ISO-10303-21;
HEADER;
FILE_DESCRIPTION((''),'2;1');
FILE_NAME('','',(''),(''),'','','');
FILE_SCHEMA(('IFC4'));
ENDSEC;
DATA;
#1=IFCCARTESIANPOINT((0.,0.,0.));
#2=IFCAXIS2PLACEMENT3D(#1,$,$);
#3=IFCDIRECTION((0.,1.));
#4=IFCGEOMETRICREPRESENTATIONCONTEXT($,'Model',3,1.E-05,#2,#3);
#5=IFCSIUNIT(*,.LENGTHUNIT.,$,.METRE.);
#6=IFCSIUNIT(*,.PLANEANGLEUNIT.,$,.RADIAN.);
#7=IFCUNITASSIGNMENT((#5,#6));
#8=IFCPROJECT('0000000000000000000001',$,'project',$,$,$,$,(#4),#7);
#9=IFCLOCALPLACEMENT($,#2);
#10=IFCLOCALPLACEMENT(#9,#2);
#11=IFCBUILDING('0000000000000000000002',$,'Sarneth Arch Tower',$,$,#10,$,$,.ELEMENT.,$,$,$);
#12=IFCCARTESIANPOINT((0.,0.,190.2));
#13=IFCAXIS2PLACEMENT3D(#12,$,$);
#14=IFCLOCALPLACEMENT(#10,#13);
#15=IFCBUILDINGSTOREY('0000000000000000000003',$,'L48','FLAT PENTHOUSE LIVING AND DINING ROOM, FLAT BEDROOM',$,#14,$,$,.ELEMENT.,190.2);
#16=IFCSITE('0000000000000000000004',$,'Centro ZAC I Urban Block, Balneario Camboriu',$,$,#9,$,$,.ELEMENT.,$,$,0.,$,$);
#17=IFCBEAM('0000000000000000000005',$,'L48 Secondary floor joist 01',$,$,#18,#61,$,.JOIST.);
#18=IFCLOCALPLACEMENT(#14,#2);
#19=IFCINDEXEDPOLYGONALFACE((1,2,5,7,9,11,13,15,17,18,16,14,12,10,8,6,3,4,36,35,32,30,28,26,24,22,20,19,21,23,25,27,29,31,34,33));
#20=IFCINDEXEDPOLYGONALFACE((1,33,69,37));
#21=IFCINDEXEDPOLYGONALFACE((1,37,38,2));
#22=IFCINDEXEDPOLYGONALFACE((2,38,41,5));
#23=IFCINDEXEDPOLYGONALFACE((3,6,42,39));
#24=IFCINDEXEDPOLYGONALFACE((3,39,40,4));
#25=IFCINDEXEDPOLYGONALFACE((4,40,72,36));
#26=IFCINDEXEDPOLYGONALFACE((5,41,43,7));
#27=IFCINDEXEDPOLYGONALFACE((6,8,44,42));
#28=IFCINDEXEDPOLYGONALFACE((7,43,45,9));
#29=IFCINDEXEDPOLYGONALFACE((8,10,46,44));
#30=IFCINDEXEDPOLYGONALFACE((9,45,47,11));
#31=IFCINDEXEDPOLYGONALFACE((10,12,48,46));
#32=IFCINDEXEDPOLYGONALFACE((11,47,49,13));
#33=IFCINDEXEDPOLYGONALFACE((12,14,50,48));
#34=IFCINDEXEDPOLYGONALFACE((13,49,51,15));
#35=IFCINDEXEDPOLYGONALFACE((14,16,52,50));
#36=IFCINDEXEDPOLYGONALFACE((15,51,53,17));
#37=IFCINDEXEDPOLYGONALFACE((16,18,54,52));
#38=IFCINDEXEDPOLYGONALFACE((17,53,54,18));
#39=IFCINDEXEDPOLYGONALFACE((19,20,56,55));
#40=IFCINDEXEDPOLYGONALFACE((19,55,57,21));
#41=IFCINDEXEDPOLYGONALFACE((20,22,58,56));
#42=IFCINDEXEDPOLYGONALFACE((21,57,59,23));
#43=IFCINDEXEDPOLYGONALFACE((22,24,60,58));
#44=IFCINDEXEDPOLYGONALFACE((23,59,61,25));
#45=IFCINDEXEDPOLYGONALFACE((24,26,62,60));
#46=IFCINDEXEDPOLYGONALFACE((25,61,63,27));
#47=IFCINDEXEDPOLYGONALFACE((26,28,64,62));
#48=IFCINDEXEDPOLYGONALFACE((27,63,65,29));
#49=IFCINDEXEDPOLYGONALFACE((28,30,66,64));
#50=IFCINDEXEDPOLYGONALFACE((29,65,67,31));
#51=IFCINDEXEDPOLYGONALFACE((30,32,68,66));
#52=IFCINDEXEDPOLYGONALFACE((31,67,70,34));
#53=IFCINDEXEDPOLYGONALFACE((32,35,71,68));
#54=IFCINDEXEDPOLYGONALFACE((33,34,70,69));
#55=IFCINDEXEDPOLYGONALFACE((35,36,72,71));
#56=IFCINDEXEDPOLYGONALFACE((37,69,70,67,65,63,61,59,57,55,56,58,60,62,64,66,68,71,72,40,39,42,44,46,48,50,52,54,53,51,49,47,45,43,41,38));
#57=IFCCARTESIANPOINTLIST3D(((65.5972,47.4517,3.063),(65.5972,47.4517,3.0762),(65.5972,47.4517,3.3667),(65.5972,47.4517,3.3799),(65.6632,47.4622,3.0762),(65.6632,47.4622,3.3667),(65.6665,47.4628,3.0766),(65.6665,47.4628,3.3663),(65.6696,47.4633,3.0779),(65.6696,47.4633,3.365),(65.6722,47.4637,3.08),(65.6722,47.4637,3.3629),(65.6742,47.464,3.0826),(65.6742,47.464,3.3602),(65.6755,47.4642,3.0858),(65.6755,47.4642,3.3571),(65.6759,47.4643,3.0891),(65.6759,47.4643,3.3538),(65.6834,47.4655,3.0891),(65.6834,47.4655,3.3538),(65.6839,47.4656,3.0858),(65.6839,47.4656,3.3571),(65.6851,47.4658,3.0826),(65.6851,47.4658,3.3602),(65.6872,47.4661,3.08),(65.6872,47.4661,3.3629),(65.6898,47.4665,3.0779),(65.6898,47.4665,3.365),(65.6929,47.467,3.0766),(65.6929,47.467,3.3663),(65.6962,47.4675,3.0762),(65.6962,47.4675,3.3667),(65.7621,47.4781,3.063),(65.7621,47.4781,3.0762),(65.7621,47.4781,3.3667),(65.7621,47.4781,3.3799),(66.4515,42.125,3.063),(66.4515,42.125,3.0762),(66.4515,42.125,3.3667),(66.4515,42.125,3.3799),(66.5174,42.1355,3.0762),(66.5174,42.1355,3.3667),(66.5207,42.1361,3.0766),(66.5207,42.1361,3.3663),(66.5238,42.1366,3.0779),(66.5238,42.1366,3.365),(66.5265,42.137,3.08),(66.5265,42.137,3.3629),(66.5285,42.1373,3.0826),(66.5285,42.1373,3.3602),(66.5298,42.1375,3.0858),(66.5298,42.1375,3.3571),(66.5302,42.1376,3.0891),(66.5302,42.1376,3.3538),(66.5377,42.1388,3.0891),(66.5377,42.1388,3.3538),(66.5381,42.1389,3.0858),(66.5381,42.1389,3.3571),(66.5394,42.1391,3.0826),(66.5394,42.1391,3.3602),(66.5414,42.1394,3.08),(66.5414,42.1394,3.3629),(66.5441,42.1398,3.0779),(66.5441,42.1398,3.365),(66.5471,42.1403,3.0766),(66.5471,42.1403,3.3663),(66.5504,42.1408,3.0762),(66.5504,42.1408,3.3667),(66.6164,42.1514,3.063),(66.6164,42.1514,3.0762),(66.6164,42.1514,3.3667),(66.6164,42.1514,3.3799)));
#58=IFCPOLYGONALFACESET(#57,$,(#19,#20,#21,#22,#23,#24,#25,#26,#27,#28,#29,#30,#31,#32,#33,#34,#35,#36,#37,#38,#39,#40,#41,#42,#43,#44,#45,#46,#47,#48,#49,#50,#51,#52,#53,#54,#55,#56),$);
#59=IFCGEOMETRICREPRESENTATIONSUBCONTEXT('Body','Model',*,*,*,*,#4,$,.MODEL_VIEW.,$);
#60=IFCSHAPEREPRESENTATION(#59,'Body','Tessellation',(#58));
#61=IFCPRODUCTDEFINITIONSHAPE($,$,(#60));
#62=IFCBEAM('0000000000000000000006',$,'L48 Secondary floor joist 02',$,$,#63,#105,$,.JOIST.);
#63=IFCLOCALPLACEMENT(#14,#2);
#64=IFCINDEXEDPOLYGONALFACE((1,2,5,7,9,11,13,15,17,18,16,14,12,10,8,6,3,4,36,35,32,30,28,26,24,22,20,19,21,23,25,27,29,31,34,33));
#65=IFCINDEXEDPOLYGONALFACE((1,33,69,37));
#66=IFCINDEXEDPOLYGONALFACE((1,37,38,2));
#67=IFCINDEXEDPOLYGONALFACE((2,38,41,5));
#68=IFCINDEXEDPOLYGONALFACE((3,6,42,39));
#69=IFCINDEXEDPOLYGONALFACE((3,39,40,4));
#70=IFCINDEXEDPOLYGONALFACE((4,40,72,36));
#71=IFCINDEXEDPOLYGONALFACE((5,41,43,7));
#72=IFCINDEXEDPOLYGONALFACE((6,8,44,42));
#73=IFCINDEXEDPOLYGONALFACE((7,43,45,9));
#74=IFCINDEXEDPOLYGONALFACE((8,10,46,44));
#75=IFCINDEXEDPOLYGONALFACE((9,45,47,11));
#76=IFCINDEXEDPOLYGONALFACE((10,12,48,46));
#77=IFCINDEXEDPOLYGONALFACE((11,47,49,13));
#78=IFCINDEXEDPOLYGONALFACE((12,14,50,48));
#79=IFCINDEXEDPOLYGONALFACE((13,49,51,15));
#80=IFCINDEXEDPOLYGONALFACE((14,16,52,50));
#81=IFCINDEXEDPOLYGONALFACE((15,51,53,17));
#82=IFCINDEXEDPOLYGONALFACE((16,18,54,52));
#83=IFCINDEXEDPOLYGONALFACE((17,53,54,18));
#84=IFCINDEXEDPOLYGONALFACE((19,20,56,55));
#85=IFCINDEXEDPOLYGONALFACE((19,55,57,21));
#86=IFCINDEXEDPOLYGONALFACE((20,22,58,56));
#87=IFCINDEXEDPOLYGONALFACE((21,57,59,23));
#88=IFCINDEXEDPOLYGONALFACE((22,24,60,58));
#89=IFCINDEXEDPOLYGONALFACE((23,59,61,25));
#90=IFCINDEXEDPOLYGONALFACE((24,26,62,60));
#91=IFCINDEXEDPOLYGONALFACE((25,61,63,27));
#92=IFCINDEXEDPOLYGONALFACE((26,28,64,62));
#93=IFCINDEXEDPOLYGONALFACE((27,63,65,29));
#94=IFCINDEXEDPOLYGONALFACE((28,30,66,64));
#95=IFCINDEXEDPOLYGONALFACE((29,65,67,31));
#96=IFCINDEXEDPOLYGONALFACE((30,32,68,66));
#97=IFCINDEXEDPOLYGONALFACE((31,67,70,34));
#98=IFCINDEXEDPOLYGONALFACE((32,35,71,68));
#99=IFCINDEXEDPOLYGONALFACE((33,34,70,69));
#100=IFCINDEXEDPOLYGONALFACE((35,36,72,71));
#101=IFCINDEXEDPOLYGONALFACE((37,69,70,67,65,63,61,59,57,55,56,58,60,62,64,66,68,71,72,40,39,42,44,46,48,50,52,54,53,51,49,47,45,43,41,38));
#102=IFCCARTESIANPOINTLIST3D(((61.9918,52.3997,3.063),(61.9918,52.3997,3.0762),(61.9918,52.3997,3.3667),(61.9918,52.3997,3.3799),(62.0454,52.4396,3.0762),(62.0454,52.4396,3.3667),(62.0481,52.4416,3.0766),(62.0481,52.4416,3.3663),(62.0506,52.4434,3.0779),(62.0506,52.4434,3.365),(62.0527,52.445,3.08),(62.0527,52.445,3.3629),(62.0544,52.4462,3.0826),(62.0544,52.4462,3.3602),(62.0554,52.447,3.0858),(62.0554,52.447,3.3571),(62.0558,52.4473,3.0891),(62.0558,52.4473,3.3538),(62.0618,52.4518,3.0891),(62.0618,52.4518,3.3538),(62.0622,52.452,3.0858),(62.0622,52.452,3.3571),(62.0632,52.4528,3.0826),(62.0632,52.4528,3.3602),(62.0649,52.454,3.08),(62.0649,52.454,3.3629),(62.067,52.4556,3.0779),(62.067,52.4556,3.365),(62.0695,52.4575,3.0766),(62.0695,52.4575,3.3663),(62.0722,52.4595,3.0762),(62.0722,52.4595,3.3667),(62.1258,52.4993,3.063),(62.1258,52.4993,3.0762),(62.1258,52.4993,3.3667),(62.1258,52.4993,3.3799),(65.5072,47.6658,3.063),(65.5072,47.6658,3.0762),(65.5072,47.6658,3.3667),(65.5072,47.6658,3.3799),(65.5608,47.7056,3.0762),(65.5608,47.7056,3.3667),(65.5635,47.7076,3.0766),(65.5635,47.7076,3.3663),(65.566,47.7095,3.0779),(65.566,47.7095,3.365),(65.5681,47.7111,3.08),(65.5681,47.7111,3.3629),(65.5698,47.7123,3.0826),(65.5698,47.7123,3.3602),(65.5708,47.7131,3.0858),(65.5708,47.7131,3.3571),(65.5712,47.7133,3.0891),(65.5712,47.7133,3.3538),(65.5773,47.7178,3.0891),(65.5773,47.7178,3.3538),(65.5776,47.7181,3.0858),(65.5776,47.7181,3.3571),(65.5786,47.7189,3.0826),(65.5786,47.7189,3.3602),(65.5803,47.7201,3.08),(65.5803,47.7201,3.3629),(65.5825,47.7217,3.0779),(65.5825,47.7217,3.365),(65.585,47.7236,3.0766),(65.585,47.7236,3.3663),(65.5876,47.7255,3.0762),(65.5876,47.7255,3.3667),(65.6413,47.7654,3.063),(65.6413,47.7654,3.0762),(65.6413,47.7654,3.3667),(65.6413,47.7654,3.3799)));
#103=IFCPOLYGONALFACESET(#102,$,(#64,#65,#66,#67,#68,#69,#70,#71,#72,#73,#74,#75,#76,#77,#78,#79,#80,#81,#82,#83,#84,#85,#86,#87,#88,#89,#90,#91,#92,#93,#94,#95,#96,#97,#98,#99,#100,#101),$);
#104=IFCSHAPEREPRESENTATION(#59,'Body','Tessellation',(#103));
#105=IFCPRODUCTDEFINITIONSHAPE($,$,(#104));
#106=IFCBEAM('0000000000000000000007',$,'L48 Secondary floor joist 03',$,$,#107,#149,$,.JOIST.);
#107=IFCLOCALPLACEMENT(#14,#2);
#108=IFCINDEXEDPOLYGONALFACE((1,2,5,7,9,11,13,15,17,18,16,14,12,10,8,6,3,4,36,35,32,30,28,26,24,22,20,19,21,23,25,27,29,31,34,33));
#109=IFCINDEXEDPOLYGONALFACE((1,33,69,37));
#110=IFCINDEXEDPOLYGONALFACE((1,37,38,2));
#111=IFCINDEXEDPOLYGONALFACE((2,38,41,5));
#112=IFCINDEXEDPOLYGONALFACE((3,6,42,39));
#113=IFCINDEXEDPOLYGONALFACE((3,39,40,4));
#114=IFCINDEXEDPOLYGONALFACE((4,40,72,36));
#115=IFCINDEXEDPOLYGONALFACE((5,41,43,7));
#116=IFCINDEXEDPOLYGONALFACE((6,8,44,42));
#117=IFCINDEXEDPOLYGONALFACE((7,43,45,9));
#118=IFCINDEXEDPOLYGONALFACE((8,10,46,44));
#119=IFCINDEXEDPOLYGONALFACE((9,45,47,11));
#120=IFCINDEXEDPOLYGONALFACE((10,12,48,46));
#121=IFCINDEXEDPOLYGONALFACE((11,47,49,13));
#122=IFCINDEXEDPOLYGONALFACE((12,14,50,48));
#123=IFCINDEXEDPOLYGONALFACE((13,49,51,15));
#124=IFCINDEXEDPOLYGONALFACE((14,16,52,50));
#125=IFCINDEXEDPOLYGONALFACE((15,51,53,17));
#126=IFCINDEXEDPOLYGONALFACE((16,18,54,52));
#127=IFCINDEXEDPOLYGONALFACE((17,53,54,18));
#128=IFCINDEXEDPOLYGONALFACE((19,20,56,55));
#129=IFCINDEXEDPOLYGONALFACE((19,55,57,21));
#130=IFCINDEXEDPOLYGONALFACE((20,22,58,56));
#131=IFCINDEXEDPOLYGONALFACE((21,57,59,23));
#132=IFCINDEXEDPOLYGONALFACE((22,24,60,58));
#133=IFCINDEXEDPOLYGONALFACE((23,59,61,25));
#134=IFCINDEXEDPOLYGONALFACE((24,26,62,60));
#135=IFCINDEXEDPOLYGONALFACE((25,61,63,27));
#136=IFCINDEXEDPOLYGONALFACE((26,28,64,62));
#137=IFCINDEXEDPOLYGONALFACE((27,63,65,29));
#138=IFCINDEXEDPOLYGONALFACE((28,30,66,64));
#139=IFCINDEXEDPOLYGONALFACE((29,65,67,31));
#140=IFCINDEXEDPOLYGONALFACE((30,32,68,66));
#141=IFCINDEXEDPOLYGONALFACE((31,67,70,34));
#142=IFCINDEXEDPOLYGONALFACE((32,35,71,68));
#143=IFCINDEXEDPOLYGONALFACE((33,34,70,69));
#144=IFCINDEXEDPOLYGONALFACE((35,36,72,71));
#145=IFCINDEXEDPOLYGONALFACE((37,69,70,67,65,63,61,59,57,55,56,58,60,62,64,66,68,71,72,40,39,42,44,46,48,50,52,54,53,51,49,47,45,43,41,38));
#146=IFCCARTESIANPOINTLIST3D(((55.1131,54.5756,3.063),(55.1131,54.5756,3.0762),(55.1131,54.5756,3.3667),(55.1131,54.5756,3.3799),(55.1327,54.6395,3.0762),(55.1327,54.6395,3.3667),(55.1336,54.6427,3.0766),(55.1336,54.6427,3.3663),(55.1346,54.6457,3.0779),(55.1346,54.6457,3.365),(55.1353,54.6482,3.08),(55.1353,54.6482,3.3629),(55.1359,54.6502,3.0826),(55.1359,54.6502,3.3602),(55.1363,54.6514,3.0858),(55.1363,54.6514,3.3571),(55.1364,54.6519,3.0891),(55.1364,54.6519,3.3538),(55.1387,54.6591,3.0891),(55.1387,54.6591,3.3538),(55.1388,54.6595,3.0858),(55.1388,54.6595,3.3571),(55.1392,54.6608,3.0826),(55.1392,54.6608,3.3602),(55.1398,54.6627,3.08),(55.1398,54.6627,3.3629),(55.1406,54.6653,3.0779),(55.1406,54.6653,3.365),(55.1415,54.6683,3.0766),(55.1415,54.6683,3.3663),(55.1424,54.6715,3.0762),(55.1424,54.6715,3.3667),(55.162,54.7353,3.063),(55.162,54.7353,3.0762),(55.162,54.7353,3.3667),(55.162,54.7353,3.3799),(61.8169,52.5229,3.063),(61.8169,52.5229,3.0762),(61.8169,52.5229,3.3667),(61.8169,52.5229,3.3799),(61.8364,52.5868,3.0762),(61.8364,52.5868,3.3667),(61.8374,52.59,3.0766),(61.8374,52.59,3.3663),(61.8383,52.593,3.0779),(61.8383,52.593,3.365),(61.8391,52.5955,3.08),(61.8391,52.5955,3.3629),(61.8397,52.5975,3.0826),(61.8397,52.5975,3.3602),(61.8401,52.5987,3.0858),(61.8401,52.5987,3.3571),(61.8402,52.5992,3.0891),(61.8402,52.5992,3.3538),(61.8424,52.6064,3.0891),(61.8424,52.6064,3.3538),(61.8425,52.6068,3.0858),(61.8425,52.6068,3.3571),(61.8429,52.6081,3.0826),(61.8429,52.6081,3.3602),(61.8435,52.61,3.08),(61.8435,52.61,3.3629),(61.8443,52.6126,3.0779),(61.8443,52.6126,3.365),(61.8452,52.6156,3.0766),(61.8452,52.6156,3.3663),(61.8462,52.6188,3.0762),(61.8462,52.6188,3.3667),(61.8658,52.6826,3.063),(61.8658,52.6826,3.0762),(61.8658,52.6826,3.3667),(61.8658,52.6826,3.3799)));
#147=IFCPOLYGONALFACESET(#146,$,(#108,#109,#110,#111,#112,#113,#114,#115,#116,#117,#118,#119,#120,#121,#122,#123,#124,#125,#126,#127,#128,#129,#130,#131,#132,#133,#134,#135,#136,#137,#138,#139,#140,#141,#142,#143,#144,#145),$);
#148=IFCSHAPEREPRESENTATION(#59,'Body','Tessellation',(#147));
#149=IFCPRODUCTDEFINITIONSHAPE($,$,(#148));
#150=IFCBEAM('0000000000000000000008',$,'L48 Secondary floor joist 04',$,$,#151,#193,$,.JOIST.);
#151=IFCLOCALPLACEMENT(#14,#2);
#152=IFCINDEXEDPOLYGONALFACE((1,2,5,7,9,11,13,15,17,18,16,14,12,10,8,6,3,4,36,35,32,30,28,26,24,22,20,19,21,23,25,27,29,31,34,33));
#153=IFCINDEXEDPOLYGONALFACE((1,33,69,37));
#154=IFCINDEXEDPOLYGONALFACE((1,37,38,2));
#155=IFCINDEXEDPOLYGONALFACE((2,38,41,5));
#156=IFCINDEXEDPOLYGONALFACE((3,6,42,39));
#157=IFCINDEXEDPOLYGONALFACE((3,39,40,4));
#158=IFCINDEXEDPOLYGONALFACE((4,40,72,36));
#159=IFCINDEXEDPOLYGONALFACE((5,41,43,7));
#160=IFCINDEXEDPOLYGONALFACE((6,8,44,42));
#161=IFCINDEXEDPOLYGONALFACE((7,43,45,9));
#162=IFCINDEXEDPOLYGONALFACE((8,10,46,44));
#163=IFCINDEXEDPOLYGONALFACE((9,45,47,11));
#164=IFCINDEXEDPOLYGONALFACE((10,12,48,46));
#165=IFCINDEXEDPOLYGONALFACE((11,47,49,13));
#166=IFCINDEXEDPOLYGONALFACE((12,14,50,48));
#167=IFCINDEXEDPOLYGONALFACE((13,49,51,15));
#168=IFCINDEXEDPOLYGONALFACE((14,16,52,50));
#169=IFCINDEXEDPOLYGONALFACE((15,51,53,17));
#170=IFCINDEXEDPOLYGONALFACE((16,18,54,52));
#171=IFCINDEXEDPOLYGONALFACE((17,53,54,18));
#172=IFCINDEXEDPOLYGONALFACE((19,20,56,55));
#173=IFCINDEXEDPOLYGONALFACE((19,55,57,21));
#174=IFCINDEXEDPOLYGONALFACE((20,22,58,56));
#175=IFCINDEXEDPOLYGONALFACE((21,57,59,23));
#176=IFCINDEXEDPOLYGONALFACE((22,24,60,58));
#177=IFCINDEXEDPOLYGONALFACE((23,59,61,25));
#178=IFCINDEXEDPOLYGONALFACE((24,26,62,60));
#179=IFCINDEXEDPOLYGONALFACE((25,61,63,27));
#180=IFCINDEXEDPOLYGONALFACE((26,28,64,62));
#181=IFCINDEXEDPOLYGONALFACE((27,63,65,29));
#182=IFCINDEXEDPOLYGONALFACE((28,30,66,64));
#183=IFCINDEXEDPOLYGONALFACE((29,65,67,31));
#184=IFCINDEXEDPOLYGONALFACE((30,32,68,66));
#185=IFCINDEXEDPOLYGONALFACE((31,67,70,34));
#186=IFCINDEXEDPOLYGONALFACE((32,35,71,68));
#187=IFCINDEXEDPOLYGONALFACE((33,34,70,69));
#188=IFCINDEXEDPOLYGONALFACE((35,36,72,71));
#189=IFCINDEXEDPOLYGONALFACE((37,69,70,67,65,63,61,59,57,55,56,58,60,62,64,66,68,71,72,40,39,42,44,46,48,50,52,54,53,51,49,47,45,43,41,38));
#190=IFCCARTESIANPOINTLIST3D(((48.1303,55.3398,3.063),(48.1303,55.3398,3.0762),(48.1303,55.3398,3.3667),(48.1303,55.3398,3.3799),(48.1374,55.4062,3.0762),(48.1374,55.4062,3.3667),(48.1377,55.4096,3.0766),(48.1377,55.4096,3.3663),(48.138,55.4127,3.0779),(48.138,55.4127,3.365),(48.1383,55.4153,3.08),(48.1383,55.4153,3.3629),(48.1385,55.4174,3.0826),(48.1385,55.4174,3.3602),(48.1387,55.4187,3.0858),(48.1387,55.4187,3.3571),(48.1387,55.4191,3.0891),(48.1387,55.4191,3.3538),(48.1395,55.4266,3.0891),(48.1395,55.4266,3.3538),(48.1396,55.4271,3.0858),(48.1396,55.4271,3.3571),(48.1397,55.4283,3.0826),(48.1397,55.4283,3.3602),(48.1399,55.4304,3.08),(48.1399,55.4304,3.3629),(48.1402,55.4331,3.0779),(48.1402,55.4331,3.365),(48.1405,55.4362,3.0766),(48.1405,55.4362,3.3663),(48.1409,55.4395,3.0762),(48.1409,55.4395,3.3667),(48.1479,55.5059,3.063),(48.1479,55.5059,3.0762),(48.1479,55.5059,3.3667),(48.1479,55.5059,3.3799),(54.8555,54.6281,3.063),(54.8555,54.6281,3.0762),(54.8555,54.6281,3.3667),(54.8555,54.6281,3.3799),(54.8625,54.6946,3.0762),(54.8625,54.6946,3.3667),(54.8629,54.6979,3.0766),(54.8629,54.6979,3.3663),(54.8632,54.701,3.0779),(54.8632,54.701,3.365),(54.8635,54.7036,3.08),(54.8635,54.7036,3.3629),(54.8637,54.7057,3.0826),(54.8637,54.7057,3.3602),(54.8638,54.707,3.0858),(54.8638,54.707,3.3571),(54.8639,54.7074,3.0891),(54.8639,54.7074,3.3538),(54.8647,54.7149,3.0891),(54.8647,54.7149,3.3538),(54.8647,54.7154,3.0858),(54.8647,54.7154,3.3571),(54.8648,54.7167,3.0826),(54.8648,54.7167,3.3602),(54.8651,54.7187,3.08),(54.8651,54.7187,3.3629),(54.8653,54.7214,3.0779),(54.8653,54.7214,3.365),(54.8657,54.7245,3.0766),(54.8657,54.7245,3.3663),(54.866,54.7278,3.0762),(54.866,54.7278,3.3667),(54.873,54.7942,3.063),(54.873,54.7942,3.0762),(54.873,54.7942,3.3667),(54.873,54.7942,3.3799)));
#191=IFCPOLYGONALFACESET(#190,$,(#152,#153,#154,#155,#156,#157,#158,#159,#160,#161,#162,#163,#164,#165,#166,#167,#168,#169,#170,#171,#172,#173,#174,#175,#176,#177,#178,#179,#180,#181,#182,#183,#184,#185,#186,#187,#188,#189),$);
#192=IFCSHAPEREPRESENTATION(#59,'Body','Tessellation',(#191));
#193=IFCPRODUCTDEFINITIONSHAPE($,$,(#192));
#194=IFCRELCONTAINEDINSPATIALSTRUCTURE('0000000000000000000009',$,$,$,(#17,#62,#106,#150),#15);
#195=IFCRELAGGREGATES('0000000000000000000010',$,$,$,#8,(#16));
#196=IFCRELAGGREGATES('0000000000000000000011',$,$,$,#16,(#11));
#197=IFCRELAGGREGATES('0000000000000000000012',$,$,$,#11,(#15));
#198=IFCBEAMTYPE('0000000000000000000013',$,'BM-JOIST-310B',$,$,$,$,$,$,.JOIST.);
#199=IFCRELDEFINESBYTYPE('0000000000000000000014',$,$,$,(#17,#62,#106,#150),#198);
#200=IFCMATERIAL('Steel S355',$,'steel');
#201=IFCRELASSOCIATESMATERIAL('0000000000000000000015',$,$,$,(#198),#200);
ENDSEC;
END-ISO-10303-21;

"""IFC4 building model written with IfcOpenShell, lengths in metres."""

from ifc_helpers import new_model, si_unit, direction, frame, origin, origin_2d, place, context, subcontext, project, spatial, i_section, extrude, material, material_profile, profile_set, type_object, element, save


model = new_model("IFC4")

# Units and contexts
model_context = context("Model", 3, precision=1e-05, world=origin(), true_north=direction((0.0, 1.0)))
body_context = subcontext(model_context, "Body", "Model", "MODEL_VIEW")
ifc_project = project(units=[si_unit("LENGTHUNIT", "METRE"), si_unit("PLANEANGLEUNIT", "RADIAN")], contexts=[model_context])

# Site, building, storey
site_placement = place(None, origin())
site = spatial("IfcSite", under=ifc_project, at=site_placement, Name="Centro ZAC I Urban Block, Balneario Camboriu", CompositionType="ELEMENT", RefElevation=0.0)
building_placement = place(site_placement, origin())
building = spatial("IfcBuilding", under=site, at=building_placement, Name="Sarneth Arch Tower", CompositionType="ELEMENT")
storey_placement = place(building_placement, frame((0.0, 0.0, 190.2)))
storey = spatial("IfcBuildingStorey", under=building, at=storey_placement, Name="L48", Description="FLAT PENTHOUSE LIVING AND DINING ROOM, FLAT BEDROOM", CompositionType="ELEMENT", Elevation=190.2)

# Beams
ifc_material_1 = material(Name="Steel S355", Category="steel")
ifc_material_profile_1 = material_profile(ifc_material_1, i_section(OverallWidth=0.167, OverallDepth=0.3169, WebThickness=0.0076, FlangeThickness=0.0132, FilletRadius=0.0129, at=origin_2d()), Name="W310x52")
ifc_profile_set_1 = profile_set([ifc_material_profile_1], Name="Steel S355")
beam_type_1 = type_object("IfcBeamType", Name="BM-JOIST-310B", PredefinedType="JOIST", material=ifc_profile_set_1)
beam_1_placement = place(storey_placement, frame((66.5339, 42.1382, 3.2214), z_axis=(-0.158349, 0.987383, 0.0), x_axis=(-0.987383, -0.158349, 0.0)))
element("IfcBeam", 1, at=beam_1_placement, inside=storey, type_object=beam_type_1, Name="L48 Secondary floor joist 01", PredefinedType="JOIST", context=body_context, shape_type="SweptSolid", body=[
    extrude(i_section(OverallWidth=0.167, OverallDepth=0.3169, WebThickness=0.0076, FlangeThickness=0.0132, FilletRadius=0.0129, at=origin_2d()), origin(), (0.0, 0.0, 1.0), 5.3948),
])
beam_2_placement = place(storey_placement, frame((65.5742, 47.7156, 3.2214), z_axis=(-0.596191, 0.802843, 0.0), x_axis=(-0.802843, -0.596191, 0.0)))
element("IfcBeam", 2, at=beam_2_placement, inside=storey, type_object=beam_type_1, Name="L48 Secondary floor joist 02", PredefinedType="JOIST", context=body_context, shape_type="SweptSolid", body=[
    extrude(i_section(OverallWidth=0.167, OverallDepth=0.3169, WebThickness=0.0076, FlangeThickness=0.0132, FilletRadius=0.0129, at=origin_2d()), origin(), (0.0, 0.0, 1.0), 5.8965),
])
beam_3_placement = place(storey_placement, frame((61.8413, 52.6028, 3.2214), z_axis=(-0.956179, 0.292784, 0.0), x_axis=(-0.292784, -0.956179, 0.0)))
element("IfcBeam", 3, at=beam_3_placement, inside=storey, type_object=beam_type_1, Name="L48 Secondary floor joist 03", PredefinedType="JOIST", context=body_context, shape_type="SweptSolid", body=[
    extrude(i_section(OverallWidth=0.167, OverallDepth=0.3169, WebThickness=0.0076, FlangeThickness=0.0132, FilletRadius=0.0129, at=origin_2d()), origin(), (0.0, 0.0, 1.0), 7.011),
])
beam_4_placement = place(storey_placement, frame((54.8643, 54.7112, 3.2214), z_axis=(-0.994447, 0.105235, 0.0), x_axis=(-0.105235, -0.994447, 0.0)))
element("IfcBeam", 4, at=beam_4_placement, inside=storey, type_object=beam_type_1, Name="L48 Secondary floor joist 04", PredefinedType="JOIST", context=body_context, shape_type="SweptSolid", body=[
    extrude(i_section(OverallWidth=0.167, OverallDepth=0.3169, WebThickness=0.0076, FlangeThickness=0.0132, FilletRadius=0.0129, at=origin_2d()), origin(), (0.0, 0.0, 1.0), 6.7627),
])

save(model, "model.ifc")
